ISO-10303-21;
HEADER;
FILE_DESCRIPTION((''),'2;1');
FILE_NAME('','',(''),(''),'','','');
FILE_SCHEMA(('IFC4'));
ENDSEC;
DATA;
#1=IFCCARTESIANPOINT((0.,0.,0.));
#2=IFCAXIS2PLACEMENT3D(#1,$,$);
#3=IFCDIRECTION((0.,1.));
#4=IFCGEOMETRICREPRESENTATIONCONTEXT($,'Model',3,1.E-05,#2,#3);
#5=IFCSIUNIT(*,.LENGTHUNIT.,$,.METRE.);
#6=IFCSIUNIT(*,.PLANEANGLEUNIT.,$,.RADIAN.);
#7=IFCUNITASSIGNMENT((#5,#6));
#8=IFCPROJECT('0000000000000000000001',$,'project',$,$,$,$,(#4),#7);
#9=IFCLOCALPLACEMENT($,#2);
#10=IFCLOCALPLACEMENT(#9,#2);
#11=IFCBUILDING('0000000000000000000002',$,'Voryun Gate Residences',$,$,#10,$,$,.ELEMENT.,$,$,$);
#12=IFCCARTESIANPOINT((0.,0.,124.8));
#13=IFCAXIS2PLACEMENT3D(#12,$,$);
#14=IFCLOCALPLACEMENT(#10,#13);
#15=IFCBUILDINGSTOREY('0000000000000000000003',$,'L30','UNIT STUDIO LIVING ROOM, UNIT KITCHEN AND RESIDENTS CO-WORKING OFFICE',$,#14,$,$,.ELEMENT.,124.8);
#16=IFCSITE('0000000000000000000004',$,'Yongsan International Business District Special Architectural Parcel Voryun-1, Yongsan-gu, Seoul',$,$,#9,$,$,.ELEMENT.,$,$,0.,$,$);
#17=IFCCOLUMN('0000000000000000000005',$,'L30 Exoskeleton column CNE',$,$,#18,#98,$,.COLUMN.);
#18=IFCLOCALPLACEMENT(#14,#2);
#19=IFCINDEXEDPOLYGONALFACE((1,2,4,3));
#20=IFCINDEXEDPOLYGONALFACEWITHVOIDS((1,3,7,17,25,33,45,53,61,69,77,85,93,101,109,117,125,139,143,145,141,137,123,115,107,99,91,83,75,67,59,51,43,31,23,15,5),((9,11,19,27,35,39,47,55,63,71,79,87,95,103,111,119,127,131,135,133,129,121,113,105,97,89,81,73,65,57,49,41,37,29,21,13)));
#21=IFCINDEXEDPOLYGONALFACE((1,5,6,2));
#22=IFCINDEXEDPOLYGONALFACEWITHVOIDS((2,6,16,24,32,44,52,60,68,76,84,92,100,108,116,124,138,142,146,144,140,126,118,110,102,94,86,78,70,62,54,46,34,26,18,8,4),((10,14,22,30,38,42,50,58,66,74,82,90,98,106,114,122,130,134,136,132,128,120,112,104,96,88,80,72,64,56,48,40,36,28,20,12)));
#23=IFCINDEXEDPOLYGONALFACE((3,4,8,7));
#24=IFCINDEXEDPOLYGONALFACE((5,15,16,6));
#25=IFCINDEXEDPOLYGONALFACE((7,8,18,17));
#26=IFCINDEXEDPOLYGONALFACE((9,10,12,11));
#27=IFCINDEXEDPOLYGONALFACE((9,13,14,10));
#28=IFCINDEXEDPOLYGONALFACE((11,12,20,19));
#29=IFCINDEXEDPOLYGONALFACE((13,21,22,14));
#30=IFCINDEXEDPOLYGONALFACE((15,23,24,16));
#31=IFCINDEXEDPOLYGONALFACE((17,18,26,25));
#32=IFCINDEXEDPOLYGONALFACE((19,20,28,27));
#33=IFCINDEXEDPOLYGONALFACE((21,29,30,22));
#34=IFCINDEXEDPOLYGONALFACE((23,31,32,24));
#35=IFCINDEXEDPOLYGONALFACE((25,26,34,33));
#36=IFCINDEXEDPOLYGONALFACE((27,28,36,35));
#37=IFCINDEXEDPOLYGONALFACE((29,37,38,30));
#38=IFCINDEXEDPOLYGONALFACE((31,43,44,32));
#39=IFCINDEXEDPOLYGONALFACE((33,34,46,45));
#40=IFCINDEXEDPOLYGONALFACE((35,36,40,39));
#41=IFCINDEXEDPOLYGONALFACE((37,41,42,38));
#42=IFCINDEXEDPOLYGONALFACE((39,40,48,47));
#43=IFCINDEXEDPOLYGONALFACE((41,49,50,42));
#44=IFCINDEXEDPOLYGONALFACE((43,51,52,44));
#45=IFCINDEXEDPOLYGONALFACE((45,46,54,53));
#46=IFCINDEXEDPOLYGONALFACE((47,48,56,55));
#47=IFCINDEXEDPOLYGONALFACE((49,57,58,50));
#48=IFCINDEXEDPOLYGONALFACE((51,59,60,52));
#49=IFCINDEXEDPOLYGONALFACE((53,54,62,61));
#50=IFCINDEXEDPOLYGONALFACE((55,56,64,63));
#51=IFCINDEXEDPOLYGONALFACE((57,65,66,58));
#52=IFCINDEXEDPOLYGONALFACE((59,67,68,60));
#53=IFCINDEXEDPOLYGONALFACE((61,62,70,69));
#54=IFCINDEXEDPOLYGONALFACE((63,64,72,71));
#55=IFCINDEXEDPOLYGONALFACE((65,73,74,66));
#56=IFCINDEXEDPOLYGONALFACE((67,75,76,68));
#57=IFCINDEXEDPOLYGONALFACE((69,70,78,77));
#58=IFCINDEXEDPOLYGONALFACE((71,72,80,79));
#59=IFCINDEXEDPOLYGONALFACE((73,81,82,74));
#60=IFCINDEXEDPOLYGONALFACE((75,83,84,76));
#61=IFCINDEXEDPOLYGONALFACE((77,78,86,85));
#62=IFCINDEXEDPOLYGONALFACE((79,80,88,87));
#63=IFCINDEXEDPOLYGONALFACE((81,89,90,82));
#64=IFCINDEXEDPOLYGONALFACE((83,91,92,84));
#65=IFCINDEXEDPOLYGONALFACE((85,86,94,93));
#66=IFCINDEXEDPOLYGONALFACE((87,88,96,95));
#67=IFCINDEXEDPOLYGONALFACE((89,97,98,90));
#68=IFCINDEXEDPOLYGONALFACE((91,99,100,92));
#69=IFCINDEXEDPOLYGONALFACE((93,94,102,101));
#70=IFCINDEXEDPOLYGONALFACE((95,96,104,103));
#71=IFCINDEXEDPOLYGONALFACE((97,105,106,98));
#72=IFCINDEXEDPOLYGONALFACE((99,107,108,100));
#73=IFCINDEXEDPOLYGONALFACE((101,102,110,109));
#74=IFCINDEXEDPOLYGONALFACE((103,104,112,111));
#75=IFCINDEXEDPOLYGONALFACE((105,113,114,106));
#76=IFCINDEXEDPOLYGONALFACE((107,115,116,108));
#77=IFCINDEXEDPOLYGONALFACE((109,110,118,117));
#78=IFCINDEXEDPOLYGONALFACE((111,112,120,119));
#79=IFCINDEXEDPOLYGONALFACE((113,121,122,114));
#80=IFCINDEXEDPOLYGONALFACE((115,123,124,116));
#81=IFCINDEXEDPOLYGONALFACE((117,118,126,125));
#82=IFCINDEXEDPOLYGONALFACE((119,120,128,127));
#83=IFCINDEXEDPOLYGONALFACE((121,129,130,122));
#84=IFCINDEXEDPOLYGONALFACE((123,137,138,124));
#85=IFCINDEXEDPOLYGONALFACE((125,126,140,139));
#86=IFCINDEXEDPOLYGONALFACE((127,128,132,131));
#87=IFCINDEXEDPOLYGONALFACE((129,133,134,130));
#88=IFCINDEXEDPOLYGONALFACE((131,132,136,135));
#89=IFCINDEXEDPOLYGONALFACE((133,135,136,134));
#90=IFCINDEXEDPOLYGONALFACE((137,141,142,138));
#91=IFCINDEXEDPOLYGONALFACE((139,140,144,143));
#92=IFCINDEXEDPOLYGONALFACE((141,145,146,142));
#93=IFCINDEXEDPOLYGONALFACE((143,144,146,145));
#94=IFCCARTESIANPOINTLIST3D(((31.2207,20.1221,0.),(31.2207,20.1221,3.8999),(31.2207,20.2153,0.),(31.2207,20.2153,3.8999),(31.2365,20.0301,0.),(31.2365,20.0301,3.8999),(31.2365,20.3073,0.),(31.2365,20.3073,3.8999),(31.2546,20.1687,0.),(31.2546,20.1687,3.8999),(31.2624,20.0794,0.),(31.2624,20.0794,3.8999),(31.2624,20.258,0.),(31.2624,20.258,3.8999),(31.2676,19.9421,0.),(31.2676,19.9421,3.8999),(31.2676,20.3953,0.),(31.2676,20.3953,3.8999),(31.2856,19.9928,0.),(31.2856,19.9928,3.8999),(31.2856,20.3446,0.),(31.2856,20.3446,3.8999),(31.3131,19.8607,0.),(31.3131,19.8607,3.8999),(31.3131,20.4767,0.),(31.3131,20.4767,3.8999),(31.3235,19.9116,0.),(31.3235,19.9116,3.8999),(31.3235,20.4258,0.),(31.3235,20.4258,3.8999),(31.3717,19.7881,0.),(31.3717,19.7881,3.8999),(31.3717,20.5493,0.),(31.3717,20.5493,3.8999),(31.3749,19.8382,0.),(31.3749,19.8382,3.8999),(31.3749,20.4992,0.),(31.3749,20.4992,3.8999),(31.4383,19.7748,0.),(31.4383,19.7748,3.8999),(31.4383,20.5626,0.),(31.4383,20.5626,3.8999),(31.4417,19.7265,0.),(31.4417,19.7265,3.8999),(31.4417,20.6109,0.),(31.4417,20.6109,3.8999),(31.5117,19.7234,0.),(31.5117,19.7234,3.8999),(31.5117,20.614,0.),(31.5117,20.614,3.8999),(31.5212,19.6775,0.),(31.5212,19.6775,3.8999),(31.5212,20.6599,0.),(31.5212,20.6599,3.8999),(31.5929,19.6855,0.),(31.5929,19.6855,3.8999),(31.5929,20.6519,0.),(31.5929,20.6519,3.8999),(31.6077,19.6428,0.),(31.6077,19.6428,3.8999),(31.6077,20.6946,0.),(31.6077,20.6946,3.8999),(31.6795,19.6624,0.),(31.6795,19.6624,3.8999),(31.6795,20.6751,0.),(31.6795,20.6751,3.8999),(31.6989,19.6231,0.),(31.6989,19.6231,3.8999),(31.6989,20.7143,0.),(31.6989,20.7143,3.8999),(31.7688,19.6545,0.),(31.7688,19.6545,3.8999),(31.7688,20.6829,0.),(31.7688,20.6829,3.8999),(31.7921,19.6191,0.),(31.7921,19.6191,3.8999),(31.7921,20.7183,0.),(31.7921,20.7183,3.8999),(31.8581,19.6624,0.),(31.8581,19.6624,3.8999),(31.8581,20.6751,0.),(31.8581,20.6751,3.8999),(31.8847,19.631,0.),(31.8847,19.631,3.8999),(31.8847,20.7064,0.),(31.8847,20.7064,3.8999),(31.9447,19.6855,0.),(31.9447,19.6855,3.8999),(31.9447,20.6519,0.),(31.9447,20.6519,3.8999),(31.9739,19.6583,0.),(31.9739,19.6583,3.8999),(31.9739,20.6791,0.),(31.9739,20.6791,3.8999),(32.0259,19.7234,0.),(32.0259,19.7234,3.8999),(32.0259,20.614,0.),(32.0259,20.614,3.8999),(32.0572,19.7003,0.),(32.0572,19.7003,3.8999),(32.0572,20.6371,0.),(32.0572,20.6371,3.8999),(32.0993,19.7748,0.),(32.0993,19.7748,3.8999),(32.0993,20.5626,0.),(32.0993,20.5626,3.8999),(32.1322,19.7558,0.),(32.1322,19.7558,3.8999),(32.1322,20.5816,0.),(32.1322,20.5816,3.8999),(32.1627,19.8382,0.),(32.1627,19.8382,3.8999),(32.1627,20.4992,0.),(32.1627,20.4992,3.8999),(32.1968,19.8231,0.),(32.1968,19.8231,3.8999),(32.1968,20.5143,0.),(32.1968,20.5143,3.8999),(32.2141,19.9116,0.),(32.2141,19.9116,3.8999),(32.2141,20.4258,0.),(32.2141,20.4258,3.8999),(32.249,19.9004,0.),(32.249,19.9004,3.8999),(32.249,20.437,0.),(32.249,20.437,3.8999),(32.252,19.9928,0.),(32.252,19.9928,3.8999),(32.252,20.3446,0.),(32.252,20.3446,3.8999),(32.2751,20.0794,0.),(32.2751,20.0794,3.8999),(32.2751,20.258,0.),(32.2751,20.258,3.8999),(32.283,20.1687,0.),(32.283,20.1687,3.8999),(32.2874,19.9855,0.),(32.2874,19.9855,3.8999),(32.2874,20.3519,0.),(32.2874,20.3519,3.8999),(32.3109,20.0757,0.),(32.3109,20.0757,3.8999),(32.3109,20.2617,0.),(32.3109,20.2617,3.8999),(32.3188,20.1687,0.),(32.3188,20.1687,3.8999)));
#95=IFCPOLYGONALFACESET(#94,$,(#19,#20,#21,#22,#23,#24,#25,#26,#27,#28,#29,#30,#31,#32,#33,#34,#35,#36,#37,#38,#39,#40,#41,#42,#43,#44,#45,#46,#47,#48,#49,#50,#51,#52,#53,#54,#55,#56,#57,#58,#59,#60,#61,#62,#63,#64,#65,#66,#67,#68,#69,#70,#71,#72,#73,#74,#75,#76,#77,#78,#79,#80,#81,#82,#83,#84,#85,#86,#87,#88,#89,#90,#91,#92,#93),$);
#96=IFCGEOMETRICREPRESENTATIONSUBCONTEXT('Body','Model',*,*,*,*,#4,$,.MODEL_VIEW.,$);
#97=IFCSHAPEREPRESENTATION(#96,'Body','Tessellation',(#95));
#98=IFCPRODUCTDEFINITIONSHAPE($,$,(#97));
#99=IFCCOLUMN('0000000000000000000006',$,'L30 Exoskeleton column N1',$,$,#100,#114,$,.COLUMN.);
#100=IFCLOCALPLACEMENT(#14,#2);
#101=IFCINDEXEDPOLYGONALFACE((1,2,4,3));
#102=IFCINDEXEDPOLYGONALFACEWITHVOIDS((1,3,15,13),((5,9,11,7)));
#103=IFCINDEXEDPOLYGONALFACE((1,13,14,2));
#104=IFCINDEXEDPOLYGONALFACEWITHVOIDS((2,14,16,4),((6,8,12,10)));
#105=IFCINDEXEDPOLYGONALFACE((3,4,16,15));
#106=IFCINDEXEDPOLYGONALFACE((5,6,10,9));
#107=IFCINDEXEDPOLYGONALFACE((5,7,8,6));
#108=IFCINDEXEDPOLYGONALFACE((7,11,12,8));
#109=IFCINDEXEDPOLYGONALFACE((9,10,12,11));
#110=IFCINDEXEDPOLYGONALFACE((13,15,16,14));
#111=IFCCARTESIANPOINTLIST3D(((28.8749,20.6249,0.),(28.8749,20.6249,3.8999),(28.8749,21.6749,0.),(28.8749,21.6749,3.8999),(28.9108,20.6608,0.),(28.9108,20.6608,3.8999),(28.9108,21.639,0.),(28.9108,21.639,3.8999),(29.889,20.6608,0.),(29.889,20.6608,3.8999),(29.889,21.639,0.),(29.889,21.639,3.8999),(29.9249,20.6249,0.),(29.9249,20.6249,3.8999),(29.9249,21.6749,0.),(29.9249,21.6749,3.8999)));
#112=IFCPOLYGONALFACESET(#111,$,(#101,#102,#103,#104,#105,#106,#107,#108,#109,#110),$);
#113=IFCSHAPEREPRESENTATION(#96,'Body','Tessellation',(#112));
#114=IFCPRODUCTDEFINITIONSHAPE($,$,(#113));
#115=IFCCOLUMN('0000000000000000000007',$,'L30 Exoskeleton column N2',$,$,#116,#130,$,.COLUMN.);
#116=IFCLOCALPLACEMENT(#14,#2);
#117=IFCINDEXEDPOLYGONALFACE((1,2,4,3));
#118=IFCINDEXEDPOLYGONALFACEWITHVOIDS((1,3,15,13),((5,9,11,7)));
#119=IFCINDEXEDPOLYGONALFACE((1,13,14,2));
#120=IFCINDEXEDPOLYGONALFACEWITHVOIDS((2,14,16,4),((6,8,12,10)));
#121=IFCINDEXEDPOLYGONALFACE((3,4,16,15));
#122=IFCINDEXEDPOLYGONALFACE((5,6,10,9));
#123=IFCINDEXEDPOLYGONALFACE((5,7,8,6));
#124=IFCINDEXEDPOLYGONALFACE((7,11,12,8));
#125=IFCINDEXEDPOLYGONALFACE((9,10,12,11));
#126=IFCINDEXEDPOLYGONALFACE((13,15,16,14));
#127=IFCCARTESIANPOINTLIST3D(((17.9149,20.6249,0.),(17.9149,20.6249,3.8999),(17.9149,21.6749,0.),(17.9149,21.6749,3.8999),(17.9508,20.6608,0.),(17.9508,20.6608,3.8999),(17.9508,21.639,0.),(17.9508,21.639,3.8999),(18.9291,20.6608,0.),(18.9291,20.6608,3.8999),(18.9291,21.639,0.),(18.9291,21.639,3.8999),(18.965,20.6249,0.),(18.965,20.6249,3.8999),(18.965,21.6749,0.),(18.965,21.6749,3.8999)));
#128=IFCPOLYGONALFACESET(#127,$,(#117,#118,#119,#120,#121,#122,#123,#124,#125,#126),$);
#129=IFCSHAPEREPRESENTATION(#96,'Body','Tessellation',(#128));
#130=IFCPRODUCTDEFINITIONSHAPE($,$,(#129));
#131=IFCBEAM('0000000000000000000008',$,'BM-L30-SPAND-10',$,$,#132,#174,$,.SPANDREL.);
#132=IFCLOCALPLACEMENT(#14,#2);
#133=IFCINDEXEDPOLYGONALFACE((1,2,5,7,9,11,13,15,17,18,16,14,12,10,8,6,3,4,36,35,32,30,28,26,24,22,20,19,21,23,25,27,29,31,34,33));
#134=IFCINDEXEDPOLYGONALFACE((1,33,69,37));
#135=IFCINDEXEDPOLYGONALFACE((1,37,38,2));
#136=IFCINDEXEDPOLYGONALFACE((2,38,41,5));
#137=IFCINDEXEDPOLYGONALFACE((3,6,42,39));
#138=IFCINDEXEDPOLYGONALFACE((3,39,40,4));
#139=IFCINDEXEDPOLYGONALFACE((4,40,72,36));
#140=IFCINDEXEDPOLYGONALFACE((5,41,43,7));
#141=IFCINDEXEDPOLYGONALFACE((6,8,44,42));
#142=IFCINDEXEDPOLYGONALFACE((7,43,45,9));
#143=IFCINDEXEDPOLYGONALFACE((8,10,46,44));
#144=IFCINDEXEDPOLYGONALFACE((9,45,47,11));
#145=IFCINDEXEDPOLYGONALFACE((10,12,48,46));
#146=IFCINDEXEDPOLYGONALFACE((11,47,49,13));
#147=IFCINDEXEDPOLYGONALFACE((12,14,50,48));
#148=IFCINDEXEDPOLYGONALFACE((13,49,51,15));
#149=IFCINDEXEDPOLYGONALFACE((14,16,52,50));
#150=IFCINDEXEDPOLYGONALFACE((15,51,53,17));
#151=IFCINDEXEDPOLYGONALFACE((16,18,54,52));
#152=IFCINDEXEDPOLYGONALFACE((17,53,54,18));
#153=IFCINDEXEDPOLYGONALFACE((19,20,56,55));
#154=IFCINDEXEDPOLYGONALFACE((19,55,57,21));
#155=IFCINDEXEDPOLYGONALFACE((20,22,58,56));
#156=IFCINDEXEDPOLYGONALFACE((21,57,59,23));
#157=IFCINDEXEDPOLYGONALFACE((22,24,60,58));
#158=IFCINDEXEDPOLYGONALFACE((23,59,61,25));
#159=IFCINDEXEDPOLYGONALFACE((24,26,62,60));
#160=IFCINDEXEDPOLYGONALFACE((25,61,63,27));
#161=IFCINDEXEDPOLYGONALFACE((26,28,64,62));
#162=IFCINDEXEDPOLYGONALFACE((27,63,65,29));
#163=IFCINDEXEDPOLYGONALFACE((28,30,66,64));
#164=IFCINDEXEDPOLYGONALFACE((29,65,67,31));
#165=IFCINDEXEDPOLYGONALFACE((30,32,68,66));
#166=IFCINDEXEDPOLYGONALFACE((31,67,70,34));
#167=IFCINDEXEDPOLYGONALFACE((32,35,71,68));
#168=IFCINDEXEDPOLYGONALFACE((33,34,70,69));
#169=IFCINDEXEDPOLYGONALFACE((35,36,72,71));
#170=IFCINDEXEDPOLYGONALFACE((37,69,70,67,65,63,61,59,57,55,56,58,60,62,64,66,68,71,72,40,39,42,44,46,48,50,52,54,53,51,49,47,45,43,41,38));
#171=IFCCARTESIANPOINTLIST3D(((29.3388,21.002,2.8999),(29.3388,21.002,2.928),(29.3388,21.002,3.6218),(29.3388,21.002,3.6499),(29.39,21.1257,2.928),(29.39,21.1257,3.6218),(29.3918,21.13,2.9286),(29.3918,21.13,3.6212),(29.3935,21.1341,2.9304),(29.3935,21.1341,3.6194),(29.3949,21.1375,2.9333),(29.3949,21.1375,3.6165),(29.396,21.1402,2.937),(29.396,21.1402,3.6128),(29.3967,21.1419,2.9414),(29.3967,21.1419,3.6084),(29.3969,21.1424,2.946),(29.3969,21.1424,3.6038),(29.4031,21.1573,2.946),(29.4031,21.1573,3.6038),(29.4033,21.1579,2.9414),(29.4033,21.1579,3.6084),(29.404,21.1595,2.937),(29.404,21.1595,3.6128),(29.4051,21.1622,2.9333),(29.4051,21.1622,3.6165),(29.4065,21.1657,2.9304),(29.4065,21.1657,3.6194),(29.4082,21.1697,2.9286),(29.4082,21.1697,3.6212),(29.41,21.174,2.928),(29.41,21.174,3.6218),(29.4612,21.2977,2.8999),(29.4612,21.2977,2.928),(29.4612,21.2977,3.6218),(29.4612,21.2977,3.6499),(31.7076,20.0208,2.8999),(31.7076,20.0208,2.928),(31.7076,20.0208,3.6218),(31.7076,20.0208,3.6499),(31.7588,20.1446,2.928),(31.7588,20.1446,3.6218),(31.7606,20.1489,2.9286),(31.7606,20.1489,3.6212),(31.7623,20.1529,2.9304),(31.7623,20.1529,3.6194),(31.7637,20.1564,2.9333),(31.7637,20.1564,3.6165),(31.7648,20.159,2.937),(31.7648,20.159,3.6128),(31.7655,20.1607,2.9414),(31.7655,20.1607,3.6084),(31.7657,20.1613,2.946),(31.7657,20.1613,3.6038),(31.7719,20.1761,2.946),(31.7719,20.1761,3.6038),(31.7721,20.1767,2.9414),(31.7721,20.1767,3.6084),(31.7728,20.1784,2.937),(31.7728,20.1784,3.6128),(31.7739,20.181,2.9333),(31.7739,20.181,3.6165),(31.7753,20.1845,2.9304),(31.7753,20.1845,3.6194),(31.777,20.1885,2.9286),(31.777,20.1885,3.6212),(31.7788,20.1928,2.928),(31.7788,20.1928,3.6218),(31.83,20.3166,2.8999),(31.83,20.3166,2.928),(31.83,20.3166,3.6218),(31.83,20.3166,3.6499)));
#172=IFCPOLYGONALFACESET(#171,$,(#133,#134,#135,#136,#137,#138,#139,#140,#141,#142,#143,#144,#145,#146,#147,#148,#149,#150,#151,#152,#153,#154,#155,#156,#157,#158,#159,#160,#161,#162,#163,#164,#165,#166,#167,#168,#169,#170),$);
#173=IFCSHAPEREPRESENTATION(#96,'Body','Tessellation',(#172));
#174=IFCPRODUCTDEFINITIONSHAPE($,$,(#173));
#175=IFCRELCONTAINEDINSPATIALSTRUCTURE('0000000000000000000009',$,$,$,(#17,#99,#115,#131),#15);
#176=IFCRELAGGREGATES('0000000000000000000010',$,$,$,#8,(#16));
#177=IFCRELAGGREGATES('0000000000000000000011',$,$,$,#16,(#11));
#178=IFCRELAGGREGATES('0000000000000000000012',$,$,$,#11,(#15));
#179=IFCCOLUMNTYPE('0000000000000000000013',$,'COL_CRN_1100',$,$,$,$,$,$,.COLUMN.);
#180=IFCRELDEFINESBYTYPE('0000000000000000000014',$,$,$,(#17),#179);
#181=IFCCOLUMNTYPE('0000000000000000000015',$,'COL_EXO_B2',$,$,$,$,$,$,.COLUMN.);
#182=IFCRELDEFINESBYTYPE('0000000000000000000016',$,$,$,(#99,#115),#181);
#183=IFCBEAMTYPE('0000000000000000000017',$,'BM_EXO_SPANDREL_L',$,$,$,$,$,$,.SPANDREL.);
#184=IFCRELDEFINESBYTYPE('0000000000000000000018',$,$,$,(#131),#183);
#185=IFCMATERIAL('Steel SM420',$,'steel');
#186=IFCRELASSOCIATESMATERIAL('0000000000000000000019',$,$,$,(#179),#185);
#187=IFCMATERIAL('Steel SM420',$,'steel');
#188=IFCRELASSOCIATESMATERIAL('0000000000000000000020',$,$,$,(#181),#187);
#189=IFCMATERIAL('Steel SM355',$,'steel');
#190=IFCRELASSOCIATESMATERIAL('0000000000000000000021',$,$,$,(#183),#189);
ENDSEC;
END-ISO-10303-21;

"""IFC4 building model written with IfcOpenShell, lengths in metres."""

from ifc_helpers import new_model, si_unit, direction, frame, origin, origin_2d, place, context, subcontext, project, spatial, hollow_rectangle, hollow_circle, i_section, extrude, material, material_profile, profile_set, type_object, element, save


model = new_model("IFC4")

# Units and contexts
model_context = context("Model", 3, precision=1e-05, world=origin(), true_north=direction((0.0, 1.0)))
body_context = subcontext(model_context, "Body", "Model", "MODEL_VIEW")
ifc_project = project(units=[si_unit("LENGTHUNIT", "METRE"), si_unit("PLANEANGLEUNIT", "RADIAN")], contexts=[model_context])

# Site, building, storey
site_placement = place(None, origin())
site = spatial("IfcSite", under=ifc_project, at=site_placement, Name="Yongsan International Business District Special Architectural Parcel Voryun-1, Yongsan-gu, Seoul", CompositionType="ELEMENT", RefElevation=0.0)
building_placement = place(site_placement, origin())
building = spatial("IfcBuilding", under=site, at=building_placement, Name="Voryun Gate Residences", CompositionType="ELEMENT")
storey_placement = place(building_placement, frame((0.0, 0.0, 124.8)))
storey = spatial("IfcBuildingStorey", under=building, at=storey_placement, Name="L30", Description="UNIT STUDIO LIVING ROOM, UNIT KITCHEN AND RESIDENTS CO-WORKING OFFICE", CompositionType="ELEMENT", Elevation=124.8)

# Columns
ifc_material_1 = material(Name="Steel SM420", Category="steel")
ifc_material_profile_1 = material_profile(ifc_material_1, hollow_circle(Radius=0.55, WallThickness=0.0359, at=origin_2d()), Name="CHS-1100x36")
ifc_profile_set_1 = profile_set([ifc_material_profile_1], Name="Steel SM420")
column_type_1 = type_object("IfcColumnType", Name="COL_CRN_1100", PredefinedType="COLUMN", material=ifc_profile_set_1)
column_placement = place(storey_placement, frame((31.7688, 20.1687, 0.0), z_axis=(0.0, 0.0, 1.0), x_axis=(1.0, 0.0, 0.0)))
element("IfcColumn", 1, at=column_placement, inside=storey, type_object=column_type_1, Name="L30 Exoskeleton column CNE", PredefinedType="COLUMN", context=body_context, shape_type="SweptSolid", body=[
    extrude(hollow_circle(Radius=0.55, WallThickness=0.0359, at=origin_2d()), origin(), (0.0, 0.0, 1.0), 3.8999),
])
ifc_material_2 = material(Name="Steel SM420", Category="steel")
ifc_material_profile_2 = material_profile(ifc_material_2, hollow_rectangle(XDim=1.05, YDim=1.05, WallThickness=0.0359, at=origin_2d()), Name="BOX-1050x1050x36")
ifc_profile_set_2 = profile_set([ifc_material_profile_2], Name="Steel SM420")
column_type_2 = type_object("IfcColumnType", Name="COL_EXO_B2", PredefinedType="COLUMN", material=ifc_profile_set_2)
for number, where, z_axis, x_axis, name in (
    (2, (29.3999, 21.1499, 0.0), (0.0, 0.0, 1.0), (1.0, 0.0, 0.0), "L30 Exoskeleton column N1"),
    (3, (18.4399, 21.1499, 0.0), (0.0, 0.0, 1.0), (1.0, 0.0, 0.0), "L30 Exoskeleton column N2"),
):
    element("IfcColumn", number, at=place(storey_placement, frame(where, z_axis=z_axis, x_axis=x_axis)), inside=storey, type_object=column_type_2, Name=name, PredefinedType="COLUMN", context=body_context, shape_type="SweptSolid", body=[
        extrude(hollow_rectangle(XDim=1.05, YDim=1.05, WallThickness=0.0359, at=origin_2d()), origin(), (0.0, 0.0, 1.0), 3.8999),
    ])

# Beam
ifc_material_3 = material(Name="Steel SM355", Category="steel")
ifc_material_profile_3 = material_profile(ifc_material_3, i_section(OverallWidth=0.3201, OverallDepth=0.75, WebThickness=0.0161, FlangeThickness=0.0281, FilletRadius=0.0181, at=origin_2d()), Name="H-750x320x16x28")
ifc_profile_set_3 = profile_set([ifc_material_profile_3], Name="Steel SM355")
beam_type = type_object("IfcBeamType", Name="BM_EXO_SPANDREL_L", PredefinedType="SPANDREL", material=ifc_profile_set_3)
beam_placement = place(storey_placement, frame((31.7688, 20.1687, 3.2749), z_axis=(-0.923883, 0.382674, 0.0), x_axis=(-0.382674, -0.923883, 0.0)))
element("IfcBeam", 4, at=beam_placement, inside=storey, type_object=beam_type, Name="BM-L30-SPAND-10", PredefinedType="SPANDREL", context=body_context, shape_type="SweptSolid", body=[
    extrude(i_section(OverallWidth=0.3201, OverallDepth=0.75, WebThickness=0.0161, FlangeThickness=0.0281, FilletRadius=0.0181, at=origin_2d()), origin(), (0.0, 0.0, 1.0), 2.564),
])

save(model, "model.ifc")
